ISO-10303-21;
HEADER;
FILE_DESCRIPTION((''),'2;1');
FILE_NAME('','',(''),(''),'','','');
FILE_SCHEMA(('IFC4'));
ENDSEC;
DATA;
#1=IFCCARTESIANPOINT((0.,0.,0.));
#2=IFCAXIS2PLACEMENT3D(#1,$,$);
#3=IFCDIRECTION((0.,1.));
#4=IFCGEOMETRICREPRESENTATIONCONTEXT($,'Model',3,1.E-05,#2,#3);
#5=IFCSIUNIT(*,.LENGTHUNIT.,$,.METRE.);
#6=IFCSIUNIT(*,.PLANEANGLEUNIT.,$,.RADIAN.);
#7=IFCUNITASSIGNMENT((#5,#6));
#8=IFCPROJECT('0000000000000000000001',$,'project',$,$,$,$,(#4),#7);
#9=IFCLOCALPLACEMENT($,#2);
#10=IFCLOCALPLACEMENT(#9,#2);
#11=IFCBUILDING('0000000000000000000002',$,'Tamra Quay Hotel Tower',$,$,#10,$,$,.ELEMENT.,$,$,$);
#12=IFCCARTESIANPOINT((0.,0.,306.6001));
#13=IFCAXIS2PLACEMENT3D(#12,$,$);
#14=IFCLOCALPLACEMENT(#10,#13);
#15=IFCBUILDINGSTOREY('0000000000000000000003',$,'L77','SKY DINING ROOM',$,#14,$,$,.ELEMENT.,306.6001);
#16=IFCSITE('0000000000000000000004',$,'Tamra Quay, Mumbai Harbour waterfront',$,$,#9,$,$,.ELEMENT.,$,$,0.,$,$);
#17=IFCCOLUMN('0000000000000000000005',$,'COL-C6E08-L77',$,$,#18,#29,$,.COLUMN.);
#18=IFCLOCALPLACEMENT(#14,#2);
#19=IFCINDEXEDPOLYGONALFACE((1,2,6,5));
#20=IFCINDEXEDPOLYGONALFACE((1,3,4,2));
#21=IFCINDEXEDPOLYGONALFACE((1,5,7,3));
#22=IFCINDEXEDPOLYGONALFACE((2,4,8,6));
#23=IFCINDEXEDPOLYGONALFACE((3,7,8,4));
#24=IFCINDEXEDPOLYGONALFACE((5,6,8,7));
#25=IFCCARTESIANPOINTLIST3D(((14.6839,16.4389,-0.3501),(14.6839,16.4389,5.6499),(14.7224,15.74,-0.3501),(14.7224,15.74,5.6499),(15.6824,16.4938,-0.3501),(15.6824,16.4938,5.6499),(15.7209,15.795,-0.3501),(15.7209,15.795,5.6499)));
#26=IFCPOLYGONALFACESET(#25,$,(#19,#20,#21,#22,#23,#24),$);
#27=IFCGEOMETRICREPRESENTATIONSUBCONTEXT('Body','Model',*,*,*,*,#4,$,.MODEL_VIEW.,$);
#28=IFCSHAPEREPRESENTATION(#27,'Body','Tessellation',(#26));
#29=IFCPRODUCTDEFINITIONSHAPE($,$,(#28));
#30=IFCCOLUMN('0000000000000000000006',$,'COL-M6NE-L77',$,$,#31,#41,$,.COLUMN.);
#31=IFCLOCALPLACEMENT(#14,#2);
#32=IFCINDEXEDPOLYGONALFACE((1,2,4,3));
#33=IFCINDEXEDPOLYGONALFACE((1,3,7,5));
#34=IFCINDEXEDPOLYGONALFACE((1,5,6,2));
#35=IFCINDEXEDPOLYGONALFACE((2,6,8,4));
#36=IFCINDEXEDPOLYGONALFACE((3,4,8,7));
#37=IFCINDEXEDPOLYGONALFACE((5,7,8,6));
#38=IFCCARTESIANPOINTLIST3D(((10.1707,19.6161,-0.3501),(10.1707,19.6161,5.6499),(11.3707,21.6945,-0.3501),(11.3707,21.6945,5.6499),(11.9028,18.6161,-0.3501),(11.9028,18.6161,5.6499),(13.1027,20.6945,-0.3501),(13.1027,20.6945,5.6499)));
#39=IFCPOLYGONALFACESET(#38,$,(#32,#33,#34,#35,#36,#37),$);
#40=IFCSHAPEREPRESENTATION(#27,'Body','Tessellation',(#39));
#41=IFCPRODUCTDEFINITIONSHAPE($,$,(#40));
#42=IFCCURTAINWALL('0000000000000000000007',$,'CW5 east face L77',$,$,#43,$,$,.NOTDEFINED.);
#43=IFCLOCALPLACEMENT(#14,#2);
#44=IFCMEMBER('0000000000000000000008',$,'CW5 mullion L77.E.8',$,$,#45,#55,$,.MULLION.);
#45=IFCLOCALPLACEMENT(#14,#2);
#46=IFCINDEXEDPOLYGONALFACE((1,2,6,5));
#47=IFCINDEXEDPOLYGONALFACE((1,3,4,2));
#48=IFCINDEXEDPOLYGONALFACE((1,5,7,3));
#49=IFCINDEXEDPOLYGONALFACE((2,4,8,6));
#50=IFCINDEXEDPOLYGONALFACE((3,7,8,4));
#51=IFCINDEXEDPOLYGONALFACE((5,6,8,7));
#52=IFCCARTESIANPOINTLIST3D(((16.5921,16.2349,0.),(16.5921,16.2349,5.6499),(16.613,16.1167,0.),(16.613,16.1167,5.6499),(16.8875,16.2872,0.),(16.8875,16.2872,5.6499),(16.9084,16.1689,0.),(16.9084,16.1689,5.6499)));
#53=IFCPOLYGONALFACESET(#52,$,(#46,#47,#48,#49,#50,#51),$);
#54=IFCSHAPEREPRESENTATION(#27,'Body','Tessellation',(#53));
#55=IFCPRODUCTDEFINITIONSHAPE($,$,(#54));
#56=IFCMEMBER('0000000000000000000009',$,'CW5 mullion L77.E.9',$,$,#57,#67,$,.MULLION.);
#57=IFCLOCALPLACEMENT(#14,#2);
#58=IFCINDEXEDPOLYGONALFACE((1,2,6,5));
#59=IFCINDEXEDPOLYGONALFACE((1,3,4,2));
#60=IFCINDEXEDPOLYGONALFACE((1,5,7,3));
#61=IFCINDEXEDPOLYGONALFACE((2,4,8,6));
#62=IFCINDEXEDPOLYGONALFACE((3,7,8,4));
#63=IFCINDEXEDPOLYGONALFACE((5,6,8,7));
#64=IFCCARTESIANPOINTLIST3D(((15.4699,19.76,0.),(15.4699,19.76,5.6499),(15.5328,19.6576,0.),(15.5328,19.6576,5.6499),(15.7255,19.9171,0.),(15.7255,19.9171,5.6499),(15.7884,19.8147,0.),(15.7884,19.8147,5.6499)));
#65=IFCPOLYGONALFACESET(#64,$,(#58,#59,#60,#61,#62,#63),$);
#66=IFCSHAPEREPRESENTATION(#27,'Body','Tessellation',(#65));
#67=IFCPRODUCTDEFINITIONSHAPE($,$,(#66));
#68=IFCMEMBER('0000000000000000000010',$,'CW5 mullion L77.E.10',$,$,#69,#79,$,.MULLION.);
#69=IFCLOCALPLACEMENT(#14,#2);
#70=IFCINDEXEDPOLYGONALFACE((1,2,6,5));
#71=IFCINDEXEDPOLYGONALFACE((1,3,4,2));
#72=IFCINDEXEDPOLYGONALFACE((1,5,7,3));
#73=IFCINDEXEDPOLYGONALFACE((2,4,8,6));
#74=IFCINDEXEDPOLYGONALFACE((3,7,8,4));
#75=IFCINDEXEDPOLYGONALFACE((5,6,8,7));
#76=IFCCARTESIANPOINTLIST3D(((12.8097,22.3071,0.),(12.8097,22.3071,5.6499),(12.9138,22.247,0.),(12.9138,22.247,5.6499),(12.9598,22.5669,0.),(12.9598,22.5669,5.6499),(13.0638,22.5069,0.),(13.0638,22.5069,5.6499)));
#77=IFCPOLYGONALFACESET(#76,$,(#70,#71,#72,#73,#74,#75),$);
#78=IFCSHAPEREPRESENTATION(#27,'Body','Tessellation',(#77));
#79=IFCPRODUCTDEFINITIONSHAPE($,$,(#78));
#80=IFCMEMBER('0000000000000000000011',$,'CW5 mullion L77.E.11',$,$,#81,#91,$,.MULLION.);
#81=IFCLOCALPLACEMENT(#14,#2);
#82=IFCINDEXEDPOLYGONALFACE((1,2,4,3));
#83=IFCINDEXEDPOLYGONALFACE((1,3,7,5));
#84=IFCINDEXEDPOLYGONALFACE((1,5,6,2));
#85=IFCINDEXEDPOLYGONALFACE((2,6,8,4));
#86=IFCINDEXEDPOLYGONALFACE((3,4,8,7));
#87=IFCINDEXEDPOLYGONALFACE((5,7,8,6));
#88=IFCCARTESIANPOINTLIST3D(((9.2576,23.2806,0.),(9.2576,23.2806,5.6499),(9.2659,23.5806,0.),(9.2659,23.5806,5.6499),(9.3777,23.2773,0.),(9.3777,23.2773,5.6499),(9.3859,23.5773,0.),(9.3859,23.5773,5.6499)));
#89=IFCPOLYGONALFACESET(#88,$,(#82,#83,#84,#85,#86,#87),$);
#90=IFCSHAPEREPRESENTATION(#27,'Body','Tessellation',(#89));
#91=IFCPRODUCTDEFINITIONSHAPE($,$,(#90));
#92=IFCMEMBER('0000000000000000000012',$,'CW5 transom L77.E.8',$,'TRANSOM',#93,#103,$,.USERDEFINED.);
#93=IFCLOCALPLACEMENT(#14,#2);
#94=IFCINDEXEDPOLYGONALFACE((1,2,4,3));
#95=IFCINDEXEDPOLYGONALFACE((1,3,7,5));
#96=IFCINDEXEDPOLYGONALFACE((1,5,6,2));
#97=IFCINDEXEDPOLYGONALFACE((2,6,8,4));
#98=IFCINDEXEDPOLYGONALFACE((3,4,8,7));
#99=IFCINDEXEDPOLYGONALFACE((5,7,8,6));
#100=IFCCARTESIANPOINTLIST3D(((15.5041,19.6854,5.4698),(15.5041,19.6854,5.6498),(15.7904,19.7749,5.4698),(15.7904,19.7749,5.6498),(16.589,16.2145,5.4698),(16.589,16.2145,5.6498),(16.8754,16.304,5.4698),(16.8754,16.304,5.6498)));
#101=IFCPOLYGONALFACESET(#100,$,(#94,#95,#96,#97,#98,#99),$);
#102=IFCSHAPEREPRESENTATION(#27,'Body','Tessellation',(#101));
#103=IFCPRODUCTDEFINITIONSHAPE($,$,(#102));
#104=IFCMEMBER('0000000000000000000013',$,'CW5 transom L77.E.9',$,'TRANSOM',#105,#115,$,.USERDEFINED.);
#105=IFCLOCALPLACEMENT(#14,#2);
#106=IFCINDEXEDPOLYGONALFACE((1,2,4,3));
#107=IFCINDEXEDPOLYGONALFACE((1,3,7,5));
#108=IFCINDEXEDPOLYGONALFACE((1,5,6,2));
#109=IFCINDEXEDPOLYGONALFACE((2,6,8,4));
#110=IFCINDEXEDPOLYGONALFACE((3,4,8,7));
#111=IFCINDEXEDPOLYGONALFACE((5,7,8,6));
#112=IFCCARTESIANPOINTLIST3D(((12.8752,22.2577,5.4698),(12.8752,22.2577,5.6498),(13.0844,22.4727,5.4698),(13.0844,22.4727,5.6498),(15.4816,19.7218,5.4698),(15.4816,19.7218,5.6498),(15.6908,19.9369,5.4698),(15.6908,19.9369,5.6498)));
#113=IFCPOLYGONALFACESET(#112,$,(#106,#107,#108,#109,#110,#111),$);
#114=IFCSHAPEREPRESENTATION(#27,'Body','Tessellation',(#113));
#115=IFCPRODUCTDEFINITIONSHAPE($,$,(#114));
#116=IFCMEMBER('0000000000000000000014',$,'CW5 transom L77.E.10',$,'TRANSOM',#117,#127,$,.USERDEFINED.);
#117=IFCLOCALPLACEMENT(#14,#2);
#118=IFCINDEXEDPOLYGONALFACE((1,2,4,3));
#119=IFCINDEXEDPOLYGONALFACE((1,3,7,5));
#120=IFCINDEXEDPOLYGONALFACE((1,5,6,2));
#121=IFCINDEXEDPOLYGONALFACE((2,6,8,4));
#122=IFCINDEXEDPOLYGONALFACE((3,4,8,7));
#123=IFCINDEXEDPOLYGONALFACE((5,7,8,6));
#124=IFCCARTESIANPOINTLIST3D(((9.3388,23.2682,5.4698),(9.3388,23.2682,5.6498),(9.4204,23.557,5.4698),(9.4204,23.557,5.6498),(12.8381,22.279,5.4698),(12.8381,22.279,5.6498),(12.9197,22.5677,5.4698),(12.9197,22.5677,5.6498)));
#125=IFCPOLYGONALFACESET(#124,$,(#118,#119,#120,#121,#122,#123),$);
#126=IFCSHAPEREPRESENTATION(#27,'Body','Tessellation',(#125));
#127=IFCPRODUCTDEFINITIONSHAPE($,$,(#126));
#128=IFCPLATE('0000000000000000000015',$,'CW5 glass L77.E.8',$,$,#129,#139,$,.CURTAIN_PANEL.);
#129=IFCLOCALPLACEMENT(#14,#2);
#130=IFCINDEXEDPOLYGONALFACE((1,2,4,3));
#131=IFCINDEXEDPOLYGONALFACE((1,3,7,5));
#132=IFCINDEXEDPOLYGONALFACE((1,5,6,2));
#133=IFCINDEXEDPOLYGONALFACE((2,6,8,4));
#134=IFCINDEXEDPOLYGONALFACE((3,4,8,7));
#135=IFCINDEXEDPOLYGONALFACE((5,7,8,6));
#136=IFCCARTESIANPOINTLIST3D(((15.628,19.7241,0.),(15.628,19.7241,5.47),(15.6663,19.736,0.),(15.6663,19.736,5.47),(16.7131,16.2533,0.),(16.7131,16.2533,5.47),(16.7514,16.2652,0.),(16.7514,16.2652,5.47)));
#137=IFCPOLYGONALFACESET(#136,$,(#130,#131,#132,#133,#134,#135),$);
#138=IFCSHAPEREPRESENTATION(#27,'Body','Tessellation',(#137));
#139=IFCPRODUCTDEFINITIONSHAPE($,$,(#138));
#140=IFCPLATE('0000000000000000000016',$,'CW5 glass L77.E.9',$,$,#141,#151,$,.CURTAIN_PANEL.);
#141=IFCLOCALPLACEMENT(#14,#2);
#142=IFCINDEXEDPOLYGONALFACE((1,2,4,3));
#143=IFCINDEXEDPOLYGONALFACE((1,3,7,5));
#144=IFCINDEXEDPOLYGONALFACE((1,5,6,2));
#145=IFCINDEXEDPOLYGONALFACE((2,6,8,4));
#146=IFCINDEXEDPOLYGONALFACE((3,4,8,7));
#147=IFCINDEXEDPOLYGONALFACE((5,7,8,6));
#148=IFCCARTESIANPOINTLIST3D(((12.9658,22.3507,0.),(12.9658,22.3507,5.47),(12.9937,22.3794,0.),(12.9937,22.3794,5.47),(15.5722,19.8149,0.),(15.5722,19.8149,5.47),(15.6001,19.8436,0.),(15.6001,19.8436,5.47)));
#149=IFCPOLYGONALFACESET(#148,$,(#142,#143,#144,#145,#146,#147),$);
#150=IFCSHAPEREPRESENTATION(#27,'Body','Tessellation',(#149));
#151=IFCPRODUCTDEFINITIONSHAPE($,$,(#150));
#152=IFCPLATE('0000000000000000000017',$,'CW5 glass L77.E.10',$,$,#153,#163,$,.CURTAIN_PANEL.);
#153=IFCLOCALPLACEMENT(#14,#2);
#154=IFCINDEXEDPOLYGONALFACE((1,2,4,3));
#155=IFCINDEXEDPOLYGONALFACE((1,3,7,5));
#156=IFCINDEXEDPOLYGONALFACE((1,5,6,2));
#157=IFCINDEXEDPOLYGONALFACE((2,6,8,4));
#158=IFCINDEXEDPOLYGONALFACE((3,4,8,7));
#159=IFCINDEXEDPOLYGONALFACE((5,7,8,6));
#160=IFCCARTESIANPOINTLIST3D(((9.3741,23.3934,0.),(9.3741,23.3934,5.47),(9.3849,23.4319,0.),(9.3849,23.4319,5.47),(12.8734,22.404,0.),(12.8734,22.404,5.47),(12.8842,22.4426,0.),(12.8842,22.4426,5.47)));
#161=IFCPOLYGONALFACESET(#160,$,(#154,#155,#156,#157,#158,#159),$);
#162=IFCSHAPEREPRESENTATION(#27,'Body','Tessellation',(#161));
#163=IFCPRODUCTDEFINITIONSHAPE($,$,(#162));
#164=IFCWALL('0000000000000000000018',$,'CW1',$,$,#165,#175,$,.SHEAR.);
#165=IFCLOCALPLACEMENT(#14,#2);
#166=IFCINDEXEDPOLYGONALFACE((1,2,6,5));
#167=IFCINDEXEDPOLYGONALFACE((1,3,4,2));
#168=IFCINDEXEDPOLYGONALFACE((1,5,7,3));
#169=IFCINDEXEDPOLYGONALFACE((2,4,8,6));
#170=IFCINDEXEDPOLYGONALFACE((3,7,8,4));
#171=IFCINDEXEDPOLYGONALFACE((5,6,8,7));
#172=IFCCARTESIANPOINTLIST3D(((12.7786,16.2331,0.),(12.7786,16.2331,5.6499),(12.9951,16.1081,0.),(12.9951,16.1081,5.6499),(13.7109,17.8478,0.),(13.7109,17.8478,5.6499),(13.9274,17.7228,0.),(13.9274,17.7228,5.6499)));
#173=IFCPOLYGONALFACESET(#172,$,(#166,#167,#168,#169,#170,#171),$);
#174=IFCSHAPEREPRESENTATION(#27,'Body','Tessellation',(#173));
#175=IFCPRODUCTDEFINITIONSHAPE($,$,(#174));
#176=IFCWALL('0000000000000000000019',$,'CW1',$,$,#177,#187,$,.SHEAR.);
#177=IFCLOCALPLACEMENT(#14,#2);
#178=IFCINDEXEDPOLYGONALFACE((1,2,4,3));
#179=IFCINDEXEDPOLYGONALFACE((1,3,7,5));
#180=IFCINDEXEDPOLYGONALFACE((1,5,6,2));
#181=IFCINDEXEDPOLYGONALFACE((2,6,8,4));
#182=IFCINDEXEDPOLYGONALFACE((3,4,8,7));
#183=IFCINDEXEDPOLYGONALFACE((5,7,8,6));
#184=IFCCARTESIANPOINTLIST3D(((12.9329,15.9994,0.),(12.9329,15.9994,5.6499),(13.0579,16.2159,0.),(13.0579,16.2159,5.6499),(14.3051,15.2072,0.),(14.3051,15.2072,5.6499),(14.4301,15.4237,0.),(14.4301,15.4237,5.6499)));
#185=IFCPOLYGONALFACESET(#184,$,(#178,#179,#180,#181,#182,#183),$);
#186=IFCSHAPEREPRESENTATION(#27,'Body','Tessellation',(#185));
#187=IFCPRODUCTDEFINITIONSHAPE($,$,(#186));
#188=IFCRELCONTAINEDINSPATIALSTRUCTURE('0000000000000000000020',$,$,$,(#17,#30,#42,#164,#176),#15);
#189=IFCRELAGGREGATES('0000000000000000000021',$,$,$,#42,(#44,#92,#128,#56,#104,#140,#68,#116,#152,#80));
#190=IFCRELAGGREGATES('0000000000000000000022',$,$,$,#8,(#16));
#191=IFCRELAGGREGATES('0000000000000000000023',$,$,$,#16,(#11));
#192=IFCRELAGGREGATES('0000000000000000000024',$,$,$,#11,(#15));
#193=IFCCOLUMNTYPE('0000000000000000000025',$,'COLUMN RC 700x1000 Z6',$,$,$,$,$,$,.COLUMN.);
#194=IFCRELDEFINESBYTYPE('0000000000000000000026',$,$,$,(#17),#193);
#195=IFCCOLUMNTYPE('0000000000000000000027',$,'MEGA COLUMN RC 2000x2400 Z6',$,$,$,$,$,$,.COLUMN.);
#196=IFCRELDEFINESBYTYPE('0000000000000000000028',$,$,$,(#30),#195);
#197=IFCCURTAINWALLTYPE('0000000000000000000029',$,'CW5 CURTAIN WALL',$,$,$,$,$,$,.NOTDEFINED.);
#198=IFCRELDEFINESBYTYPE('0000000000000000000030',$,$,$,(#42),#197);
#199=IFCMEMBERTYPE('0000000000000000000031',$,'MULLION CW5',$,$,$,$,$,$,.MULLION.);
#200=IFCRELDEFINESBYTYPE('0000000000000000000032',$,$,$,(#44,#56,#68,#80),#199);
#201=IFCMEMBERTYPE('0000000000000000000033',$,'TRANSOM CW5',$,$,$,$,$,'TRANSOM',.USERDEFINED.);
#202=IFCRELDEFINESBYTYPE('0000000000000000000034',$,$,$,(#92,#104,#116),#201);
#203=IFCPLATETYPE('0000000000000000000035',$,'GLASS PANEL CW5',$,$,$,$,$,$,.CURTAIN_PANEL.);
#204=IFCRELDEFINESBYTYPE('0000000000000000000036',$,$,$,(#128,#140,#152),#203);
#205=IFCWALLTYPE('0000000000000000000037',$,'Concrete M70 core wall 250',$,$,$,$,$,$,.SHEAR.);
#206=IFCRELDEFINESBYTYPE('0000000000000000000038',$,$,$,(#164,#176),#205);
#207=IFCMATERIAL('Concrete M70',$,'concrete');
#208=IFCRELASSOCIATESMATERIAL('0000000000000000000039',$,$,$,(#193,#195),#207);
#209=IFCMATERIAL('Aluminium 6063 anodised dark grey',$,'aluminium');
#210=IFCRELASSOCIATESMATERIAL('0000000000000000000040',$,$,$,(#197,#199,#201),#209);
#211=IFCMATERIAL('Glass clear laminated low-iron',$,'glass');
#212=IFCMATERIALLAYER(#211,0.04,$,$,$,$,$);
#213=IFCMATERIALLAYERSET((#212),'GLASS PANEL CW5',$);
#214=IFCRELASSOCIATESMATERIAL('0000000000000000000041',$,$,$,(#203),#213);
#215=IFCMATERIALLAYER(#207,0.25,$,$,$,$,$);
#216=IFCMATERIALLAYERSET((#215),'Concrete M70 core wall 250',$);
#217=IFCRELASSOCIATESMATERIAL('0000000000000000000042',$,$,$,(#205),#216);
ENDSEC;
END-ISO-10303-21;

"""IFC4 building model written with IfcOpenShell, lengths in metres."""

from ifc_helpers import new_model, si_unit, direction, frame, frame_2d, origin, origin_2d, place, context, subcontext, project, spatial, rectangle, extrude, material, layer, layer_set, material_profile, profile_set, type_object, element, aggregate, save


model = new_model("IFC4")

# Units and contexts
model_context = context("Model", 3, precision=1e-05, world=origin(), true_north=direction((0.0, 1.0)))
body_context = subcontext(model_context, "Body", "Model", "MODEL_VIEW")
ifc_project = project(units=[si_unit("LENGTHUNIT", "METRE"), si_unit("PLANEANGLEUNIT", "RADIAN")], contexts=[model_context])

# Site, building, storey
site_placement = place(None, origin())
site = spatial("IfcSite", under=ifc_project, at=site_placement, Name="Tamra Quay, Mumbai Harbour waterfront", CompositionType="ELEMENT", RefElevation=0.0)
building_placement = place(site_placement, origin())
building = spatial("IfcBuilding", under=site, at=building_placement, Name="Tamra Quay Hotel Tower", CompositionType="ELEMENT")
storey_placement = place(building_placement, frame((0.0, 0.0, 306.6001)))
storey = spatial("IfcBuildingStorey", under=building, at=storey_placement, Name="L77", Description="SKY DINING ROOM", CompositionType="ELEMENT", Elevation=306.6001)

# Columns
ifc_material_1 = material(Name="Concrete M70", Category="concrete")
ifc_material_profile_1 = material_profile(ifc_material_1, rectangle(XDim=1.0, YDim=0.7, at=origin_2d()), Name="COLUMN RC 700x1000 Z6")
ifc_profile_set_1 = profile_set([ifc_material_profile_1], Name="Concrete M70")
column_type_1 = type_object("IfcColumnType", Name="COLUMN RC 700x1000 Z6", PredefinedType="COLUMN", material=ifc_profile_set_1)
column_1_placement = place(storey_placement, frame((15.2024, 16.1169, -0.3501), z_axis=(0.0, 0.0, 1.0), x_axis=(0.998491, 0.054917, 0.0)))
element("IfcColumn", 1, at=column_1_placement, inside=storey, type_object=column_type_1, Name="COL-C6E08-L77", PredefinedType="COLUMN", context=body_context, shape_type="SweptSolid", body=[
    extrude(rectangle(XDim=1.0, YDim=0.7, at=origin_2d()), origin(), (0.0, 0.0, 1.0), 6.0),
])
ifc_material_profile_2 = material_profile(ifc_material_1, rectangle(XDim=2.3999, YDim=2.0, at=origin_2d()), Name="MEGA COLUMN RC 2000x2400 Z6")
ifc_profile_set_2 = profile_set([ifc_material_profile_2], Name="Concrete M70")
column_type_2 = type_object("IfcColumnType", Name="MEGA COLUMN RC 2000x2400 Z6", PredefinedType="COLUMN", material=ifc_profile_set_2)
column_2_placement = place(storey_placement, frame((11.6367, 20.1553, -0.3501), z_axis=(0.0, 0.0, 1.0), x_axis=(0.5, 0.866025, 0.0)))
element("IfcColumn", 2, at=column_2_placement, inside=storey, type_object=column_type_2, Name="COL-M6NE-L77", PredefinedType="COLUMN", context=body_context, shape_type="SweptSolid", body=[
    extrude(rectangle(XDim=2.3999, YDim=2.0, at=origin_2d()), origin(), (0.0, 0.0, 1.0), 6.0),
])

# Curtain wall, members, plates
ifc_material_2 = material(Name="Aluminium 6063 anodised dark grey", Category="aluminium")
curtain_wall_type = type_object("IfcCurtainWallType", Name="CW5 CURTAIN WALL", PredefinedType="NOTDEFINED", material=ifc_material_2)
curtain_wall_placement = place(storey_placement, origin())
curtain_wall = element("IfcCurtainWall", 3, at=curtain_wall_placement, inside=storey, type_object=curtain_wall_type, Name="CW5 east face L77", PredefinedType="NOTDEFINED")
ifc_material_profile_3 = material_profile(ifc_material_2, rectangle(XDim=0.3, YDim=0.1201, at=origin_2d()), Name="MULLION 120X300")
ifc_profile_set_3 = profile_set([ifc_material_profile_3], Name="Aluminium 6063 anodised dark grey")
member_type_1 = type_object("IfcMemberType", Name="MULLION CW5", PredefinedType="MULLION", material=ifc_profile_set_3)
member_1_placement = place(storey_placement, frame((16.7502, 16.2019, 0.0), z_axis=(0.0, 0.0, 1.0), x_axis=(0.98474, 0.174032, 0.0)))
member_1 = element("IfcMember", 4, at=member_1_placement, type_object=member_type_1, Name="CW5 mullion L77.E.8", PredefinedType="MULLION", context=body_context, shape_type="SweptSolid", body=[
    extrude(rectangle(XDim=0.3, YDim=0.1201, at=origin_2d()), origin(), (0.0, 0.0, 1.0), 5.6499),
])
member_2_placement = place(storey_placement, frame((15.6292, 19.7874, 0.0), z_axis=(0.0, 0.0, 1.0), x_axis=(0.851964, 0.5236, 0.0)))
member_2 = element("IfcMember", 5, at=member_2_placement, type_object=member_type_1, Name="CW5 mullion L77.E.9", PredefinedType="MULLION", context=body_context, shape_type="SweptSolid", body=[
    extrude(rectangle(XDim=0.3, YDim=0.1201, at=origin_2d()), origin(), (0.0, 0.0, 1.0), 5.6499),
])
member_3_placement = place(storey_placement, frame((12.9368, 22.407, 0.0), z_axis=(0.0, 0.0, 1.0), x_axis=(0.5, 0.866025, 0.0)))
member_3 = element("IfcMember", 6, at=member_3_placement, type_object=member_type_1, Name="CW5 mullion L77.E.10", PredefinedType="MULLION", context=body_context, shape_type="SweptSolid", body=[
    extrude(rectangle(XDim=0.3, YDim=0.1201, at=origin_2d()), origin(), (0.0, 0.0, 1.0), 5.6499),
])
member_4_placement = place(storey_placement, frame((9.3218, 23.429, 0.0), z_axis=(0.0, 0.0, 1.0), x_axis=(0.027469, 0.999623, 0.0)))
member_4 = element("IfcMember", 7, at=member_4_placement, type_object=member_type_1, Name="CW5 mullion L77.E.11", PredefinedType="MULLION", context=body_context, shape_type="SweptSolid", body=[
    extrude(rectangle(XDim=0.3, YDim=0.1201, at=origin_2d()), origin(), (0.0, 0.0, 1.0), 5.6499),
])
ifc_material_profile_4 = material_profile(ifc_material_2, rectangle(XDim=0.3, YDim=0.1799, at=origin_2d()), Name="TRANSOM 300X180")
ifc_profile_set_4 = profile_set([ifc_material_profile_4], Name="Aluminium 6063 anodised dark grey")
member_type_2 = type_object("IfcMemberType", Name="TRANSOM CW5", ElementType="TRANSOM", PredefinedType="USERDEFINED", material=ifc_profile_set_4)
member_5_placement = place(storey_placement, frame((16.7322, 16.2593, 5.5598), z_axis=(-0.298348, 0.954457, 0.0), x_axis=(-0.954457, -0.298348, 0.0)))
member_5 = element("IfcMember", 8, at=member_5_placement, type_object=member_type_2, Name="CW5 transom L77.E.8", ObjectType="TRANSOM", PredefinedType="USERDEFINED", context=body_context, shape_type="SweptSolid", body=[
    extrude(rectangle(XDim=0.3, YDim=0.1799, at=origin_2d()), origin(), (0.0, 0.0, 1.0), 3.6365),
])
member_6_placement = place(storey_placement, frame((15.5862, 19.8293, 5.5598), z_axis=(-0.716741, 0.697339, 0.0), x_axis=(-0.697339, -0.716741, 0.0)))
member_6 = element("IfcMember", 9, at=member_6_placement, type_object=member_type_2, Name="CW5 transom L77.E.9", ObjectType="TRANSOM", PredefinedType="USERDEFINED", context=body_context, shape_type="SweptSolid", body=[
    extrude(rectangle(XDim=0.3, YDim=0.1799, at=origin_2d()), origin(), (0.0, 0.0, 1.0), 3.6365),
])
member_7_placement = place(storey_placement, frame((12.8789, 22.4233, 5.5598), z_axis=(-0.962285, 0.272042, 0.0), x_axis=(-0.272042, -0.962285, 0.0)))
member_7 = element("IfcMember", 10, at=member_7_placement, type_object=member_type_2, Name="CW5 transom L77.E.10", ObjectType="TRANSOM", PredefinedType="USERDEFINED", context=body_context, shape_type="SweptSolid", body=[
    extrude(rectangle(XDim=0.3, YDim=0.1799, at=origin_2d()), origin(), (0.0, 0.0, 1.0), 3.6365),
])
ifc_material_3 = material(Name="Glass clear laminated low-iron", Category="glass")
ifc_layer_1 = layer(ifc_material_3, 0.04)
ifc_layer_set_1 = layer_set([ifc_layer_1], Name="GLASS PANEL CW5")
plate_type = type_object("IfcPlateType", Name="GLASS PANEL CW5", PredefinedType="CURTAIN_PANEL", material=ifc_layer_set_1)
plate_1_placement = place(storey_placement, frame((16.1897, 17.9946, 0.0), z_axis=(0.0, 0.0, 1.0), x_axis=(-0.298392, 0.954443, 0.0)))
plate_1 = element("IfcPlate", 11, at=plate_1_placement, type_object=plate_type, Name="CW5 glass L77.E.8", PredefinedType="CURTAIN_PANEL", context=body_context, shape_type="SweptSolid", body=[
    extrude(rectangle(XDim=3.6365, YDim=0.04, at=origin_2d()), origin(), (0.0, 0.0, 1.0), 5.47),
])
plate_2_placement = place(storey_placement, frame((14.283, 21.0972, 0.0), z_axis=(0.0, 0.0, 1.0), x_axis=(-0.716753, 0.697327, 0.0)))
plate_2 = element("IfcPlate", 12, at=plate_2_placement, type_object=plate_type, Name="CW5 glass L77.E.9", PredefinedType="CURTAIN_PANEL", context=body_context, shape_type="SweptSolid", body=[
    extrude(rectangle(XDim=3.6365, YDim=0.04, at=origin_2d()), origin(), (0.0, 0.0, 1.0), 5.47),
])
plate_3_placement = place(storey_placement, frame((11.1292, 22.918, 0.0), z_axis=(0.0, 0.0, 1.0), x_axis=(-0.96228, 0.272062, 0.0)))
plate_3 = element("IfcPlate", 13, at=plate_3_placement, type_object=plate_type, Name="CW5 glass L77.E.10", PredefinedType="CURTAIN_PANEL", context=body_context, shape_type="SweptSolid", body=[
    extrude(rectangle(XDim=3.6365, YDim=0.04, at=origin_2d()), origin(), (0.0, 0.0, 1.0), 5.47),
])
aggregate(curtain_wall, [member_1, member_5, plate_1, member_2, member_6, plate_2, member_3, member_7, plate_3, member_4])

# Walls
ifc_layer_2 = layer(ifc_material_1, 0.25)
ifc_layer_set_2 = layer_set([ifc_layer_2], Name="Concrete M70 core wall 250")
wall_type_1 = type_object("IfcWallType", Name="Concrete M70 core wall 250", PredefinedType="SHEAR", material=ifc_layer_set_2)
wall_1_placement = place(storey_placement, frame((13.8191, 17.7852, 0.0), z_axis=(0.0, 0.0, 1.0), x_axis=(-0.50004, -0.866002, 0.0)))
element("IfcWall", 14, at=wall_1_placement, inside=storey, type_object=wall_type_1, Name="CW1", PredefinedType="SHEAR", context=body_context, shape_type="SweptSolid", body=[
    extrude(rectangle(XDim=1.8645, YDim=0.25, at=frame_2d((0.9321, 0.0))), origin(), (0.0, 0.0, 1.0), 5.6499),
])
wall_2_placement = place(storey_placement, frame((12.9954, 16.1077, 0.0), z_axis=(0.0, 0.0, 1.0), x_axis=(0.866044, -0.499967, 0.0)))
element("IfcWall", 15, at=wall_2_placement, inside=storey, type_object=wall_type_1, Name="CW1", PredefinedType="SHEAR", context=body_context, shape_type="SweptSolid", body=[
    extrude(rectangle(XDim=1.5845, YDim=0.25, at=frame_2d((0.7922, 0.0))), origin(), (0.0, 0.0, 1.0), 5.6499),
])

save(model, "model.ifc")
